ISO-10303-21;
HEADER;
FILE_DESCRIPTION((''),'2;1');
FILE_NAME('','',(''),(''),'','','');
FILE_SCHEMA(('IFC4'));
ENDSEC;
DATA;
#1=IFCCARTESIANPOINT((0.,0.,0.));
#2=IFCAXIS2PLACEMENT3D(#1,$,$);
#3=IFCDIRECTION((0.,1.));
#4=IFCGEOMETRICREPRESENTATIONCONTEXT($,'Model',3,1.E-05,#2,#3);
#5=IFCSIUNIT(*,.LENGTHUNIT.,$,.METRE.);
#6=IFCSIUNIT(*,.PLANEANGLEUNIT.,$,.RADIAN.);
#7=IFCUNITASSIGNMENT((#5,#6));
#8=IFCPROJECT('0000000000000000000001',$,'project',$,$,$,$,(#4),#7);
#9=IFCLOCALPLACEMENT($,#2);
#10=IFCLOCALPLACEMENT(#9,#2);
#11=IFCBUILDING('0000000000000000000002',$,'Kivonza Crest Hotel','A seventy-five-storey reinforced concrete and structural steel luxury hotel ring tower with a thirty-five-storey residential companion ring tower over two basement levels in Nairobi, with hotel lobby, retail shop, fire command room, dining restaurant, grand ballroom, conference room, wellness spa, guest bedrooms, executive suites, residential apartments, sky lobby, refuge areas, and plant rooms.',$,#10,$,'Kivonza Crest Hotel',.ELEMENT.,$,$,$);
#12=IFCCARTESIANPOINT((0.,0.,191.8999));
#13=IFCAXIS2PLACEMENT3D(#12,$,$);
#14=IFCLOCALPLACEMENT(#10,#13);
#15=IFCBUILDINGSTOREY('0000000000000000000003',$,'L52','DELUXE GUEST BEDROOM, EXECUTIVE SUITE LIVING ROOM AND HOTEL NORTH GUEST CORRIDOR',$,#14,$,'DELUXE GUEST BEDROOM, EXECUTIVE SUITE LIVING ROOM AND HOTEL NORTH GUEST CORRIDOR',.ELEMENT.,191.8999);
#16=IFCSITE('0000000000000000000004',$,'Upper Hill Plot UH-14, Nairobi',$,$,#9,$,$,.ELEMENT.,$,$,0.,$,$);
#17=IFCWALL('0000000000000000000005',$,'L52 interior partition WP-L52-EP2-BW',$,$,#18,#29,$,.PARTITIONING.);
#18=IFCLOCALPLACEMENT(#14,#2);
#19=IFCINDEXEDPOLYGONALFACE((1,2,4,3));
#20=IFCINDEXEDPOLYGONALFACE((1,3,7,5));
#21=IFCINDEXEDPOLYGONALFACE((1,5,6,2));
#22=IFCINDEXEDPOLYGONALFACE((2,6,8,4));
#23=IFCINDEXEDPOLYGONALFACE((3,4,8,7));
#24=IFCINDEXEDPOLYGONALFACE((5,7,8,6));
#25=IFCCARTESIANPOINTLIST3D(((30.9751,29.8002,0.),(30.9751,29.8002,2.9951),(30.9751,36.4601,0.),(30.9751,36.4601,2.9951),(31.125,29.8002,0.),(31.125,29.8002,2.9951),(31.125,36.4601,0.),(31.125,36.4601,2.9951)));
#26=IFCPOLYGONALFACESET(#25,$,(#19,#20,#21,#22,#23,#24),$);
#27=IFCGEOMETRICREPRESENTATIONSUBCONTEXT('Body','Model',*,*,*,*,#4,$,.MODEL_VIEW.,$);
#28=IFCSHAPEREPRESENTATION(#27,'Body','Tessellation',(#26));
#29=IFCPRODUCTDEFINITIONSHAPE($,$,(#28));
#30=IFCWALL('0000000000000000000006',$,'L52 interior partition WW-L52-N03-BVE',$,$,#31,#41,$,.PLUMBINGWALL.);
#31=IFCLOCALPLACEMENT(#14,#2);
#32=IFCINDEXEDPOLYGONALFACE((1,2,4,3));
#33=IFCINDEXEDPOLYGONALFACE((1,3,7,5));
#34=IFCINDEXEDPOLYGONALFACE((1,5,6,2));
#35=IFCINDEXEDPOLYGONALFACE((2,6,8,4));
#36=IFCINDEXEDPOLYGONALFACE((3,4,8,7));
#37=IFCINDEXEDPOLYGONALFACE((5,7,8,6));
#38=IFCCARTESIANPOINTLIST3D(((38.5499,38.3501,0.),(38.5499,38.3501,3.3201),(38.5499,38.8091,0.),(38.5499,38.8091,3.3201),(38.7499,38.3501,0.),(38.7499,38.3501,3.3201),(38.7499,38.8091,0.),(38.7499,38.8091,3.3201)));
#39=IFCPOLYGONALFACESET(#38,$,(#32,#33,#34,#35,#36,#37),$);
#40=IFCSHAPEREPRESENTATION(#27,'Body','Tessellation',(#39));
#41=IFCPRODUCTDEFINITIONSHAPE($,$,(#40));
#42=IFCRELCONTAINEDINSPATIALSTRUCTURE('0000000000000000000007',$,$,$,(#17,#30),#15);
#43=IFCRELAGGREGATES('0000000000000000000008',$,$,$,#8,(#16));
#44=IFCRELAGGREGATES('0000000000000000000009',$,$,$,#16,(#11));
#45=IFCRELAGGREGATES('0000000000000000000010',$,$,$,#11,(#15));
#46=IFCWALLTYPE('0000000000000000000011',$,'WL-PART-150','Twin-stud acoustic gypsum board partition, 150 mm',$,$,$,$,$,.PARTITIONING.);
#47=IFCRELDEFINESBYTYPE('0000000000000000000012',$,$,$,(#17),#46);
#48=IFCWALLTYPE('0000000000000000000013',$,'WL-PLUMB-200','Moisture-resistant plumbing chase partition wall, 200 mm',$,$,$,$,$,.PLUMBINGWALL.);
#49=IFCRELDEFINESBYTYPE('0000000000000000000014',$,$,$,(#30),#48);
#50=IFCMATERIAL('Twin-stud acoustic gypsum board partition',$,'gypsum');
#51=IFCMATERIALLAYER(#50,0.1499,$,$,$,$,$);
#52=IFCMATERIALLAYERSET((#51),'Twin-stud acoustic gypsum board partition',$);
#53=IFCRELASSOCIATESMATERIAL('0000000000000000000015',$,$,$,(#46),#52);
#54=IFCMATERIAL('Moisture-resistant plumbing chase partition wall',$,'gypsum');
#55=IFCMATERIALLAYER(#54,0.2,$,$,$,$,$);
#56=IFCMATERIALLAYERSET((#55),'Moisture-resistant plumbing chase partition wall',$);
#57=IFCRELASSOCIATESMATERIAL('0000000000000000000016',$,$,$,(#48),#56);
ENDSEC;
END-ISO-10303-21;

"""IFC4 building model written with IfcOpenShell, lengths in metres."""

from ifc_helpers import new_model, si_unit, direction, frame, frame_2d, origin, place, context, subcontext, project, spatial, rectangle, extrude, material, layer, layer_set, type_object, element, save


model = new_model("IFC4")

# Units and contexts
model_context = context("Model", 3, precision=1e-05, world=origin(), true_north=direction((0.0, 1.0)))
body_context = subcontext(model_context, "Body", "Model", "MODEL_VIEW")
ifc_project = project(units=[si_unit("LENGTHUNIT", "METRE"), si_unit("PLANEANGLEUNIT", "RADIAN")], contexts=[model_context])

# Site, building, storey
site_placement = place(None, origin())
site = spatial("IfcSite", under=ifc_project, at=site_placement, Name="Upper Hill Plot UH-14, Nairobi", CompositionType="ELEMENT", RefElevation=0.0)
building_placement = place(site_placement, origin())
building = spatial("IfcBuilding", under=site, at=building_placement, Name="Kivonza Crest Hotel", Description="A seventy-five-storey reinforced concrete and structural steel luxury hotel ring tower with a thirty-five-storey residential companion ring tower over two basement levels in Nairobi, with hotel lobby, retail shop, fire command room, dining restaurant, grand ballroom, conference room, wellness spa, guest bedrooms, executive suites, residential apartments, sky lobby, refuge areas, and plant rooms.", LongName="Kivonza Crest Hotel", CompositionType="ELEMENT")
storey_placement = place(building_placement, frame((0.0, 0.0, 191.8999)))
storey = spatial("IfcBuildingStorey", under=building, at=storey_placement, Name="L52", Description="DELUXE GUEST BEDROOM, EXECUTIVE SUITE LIVING ROOM AND HOTEL NORTH GUEST CORRIDOR", LongName="DELUXE GUEST BEDROOM, EXECUTIVE SUITE LIVING ROOM AND HOTEL NORTH GUEST CORRIDOR", CompositionType="ELEMENT", Elevation=191.8999)

# Walls
ifc_material_1 = material(Name="Twin-stud acoustic gypsum board partition", Category="gypsum")
ifc_layer_1 = layer(ifc_material_1, 0.1499)
ifc_layer_set_1 = layer_set([ifc_layer_1], Name="Twin-stud acoustic gypsum board partition")
wall_type_1 = type_object("IfcWallType", Name="WL-PART-150", Description="Twin-stud acoustic gypsum board partition, 150 mm", PredefinedType="PARTITIONING", material=ifc_layer_set_1)
wall_1_placement = place(storey_placement, frame((31.05, 29.8, 0.0), z_axis=(0.0, 0.0, 1.0), x_axis=(0.0, 1.0, 0.0)))
element("IfcWall", 1, at=wall_1_placement, inside=storey, type_object=wall_type_1, Name="L52 interior partition WP-L52-EP2-BW", PredefinedType="PARTITIONING", context=body_context, shape_type="SweptSolid", body=[
    extrude(rectangle(XDim=6.6599, YDim=0.1499, at=frame_2d((3.3301, 0.0))), origin(), (0.0, 0.0, 1.0), 2.9951),
])
ifc_material_2 = material(Name="Moisture-resistant plumbing chase partition wall", Category="gypsum")
ifc_layer_2 = layer(ifc_material_2, 0.2)
ifc_layer_set_2 = layer_set([ifc_layer_2], Name="Moisture-resistant plumbing chase partition wall")
wall_type_2 = type_object("IfcWallType", Name="WL-PLUMB-200", Description="Moisture-resistant plumbing chase partition wall, 200 mm", PredefinedType="PLUMBINGWALL", material=ifc_layer_set_2)
wall_2_placement = place(storey_placement, frame((38.6499, 38.3501, 0.0), z_axis=(0.0, 0.0, 1.0), x_axis=(0.0, 1.0, 0.0)))
element("IfcWall", 2, at=wall_2_placement, inside=storey, type_object=wall_type_2, Name="L52 interior partition WW-L52-N03-BVE", PredefinedType="PLUMBINGWALL", context=body_context, shape_type="SweptSolid", body=[
    extrude(rectangle(XDim=0.459, YDim=0.2, at=frame_2d((0.2295, 0.0))), origin(), (0.0, 0.0, 1.0), 3.3201),
])

save(model, "model.ifc")
